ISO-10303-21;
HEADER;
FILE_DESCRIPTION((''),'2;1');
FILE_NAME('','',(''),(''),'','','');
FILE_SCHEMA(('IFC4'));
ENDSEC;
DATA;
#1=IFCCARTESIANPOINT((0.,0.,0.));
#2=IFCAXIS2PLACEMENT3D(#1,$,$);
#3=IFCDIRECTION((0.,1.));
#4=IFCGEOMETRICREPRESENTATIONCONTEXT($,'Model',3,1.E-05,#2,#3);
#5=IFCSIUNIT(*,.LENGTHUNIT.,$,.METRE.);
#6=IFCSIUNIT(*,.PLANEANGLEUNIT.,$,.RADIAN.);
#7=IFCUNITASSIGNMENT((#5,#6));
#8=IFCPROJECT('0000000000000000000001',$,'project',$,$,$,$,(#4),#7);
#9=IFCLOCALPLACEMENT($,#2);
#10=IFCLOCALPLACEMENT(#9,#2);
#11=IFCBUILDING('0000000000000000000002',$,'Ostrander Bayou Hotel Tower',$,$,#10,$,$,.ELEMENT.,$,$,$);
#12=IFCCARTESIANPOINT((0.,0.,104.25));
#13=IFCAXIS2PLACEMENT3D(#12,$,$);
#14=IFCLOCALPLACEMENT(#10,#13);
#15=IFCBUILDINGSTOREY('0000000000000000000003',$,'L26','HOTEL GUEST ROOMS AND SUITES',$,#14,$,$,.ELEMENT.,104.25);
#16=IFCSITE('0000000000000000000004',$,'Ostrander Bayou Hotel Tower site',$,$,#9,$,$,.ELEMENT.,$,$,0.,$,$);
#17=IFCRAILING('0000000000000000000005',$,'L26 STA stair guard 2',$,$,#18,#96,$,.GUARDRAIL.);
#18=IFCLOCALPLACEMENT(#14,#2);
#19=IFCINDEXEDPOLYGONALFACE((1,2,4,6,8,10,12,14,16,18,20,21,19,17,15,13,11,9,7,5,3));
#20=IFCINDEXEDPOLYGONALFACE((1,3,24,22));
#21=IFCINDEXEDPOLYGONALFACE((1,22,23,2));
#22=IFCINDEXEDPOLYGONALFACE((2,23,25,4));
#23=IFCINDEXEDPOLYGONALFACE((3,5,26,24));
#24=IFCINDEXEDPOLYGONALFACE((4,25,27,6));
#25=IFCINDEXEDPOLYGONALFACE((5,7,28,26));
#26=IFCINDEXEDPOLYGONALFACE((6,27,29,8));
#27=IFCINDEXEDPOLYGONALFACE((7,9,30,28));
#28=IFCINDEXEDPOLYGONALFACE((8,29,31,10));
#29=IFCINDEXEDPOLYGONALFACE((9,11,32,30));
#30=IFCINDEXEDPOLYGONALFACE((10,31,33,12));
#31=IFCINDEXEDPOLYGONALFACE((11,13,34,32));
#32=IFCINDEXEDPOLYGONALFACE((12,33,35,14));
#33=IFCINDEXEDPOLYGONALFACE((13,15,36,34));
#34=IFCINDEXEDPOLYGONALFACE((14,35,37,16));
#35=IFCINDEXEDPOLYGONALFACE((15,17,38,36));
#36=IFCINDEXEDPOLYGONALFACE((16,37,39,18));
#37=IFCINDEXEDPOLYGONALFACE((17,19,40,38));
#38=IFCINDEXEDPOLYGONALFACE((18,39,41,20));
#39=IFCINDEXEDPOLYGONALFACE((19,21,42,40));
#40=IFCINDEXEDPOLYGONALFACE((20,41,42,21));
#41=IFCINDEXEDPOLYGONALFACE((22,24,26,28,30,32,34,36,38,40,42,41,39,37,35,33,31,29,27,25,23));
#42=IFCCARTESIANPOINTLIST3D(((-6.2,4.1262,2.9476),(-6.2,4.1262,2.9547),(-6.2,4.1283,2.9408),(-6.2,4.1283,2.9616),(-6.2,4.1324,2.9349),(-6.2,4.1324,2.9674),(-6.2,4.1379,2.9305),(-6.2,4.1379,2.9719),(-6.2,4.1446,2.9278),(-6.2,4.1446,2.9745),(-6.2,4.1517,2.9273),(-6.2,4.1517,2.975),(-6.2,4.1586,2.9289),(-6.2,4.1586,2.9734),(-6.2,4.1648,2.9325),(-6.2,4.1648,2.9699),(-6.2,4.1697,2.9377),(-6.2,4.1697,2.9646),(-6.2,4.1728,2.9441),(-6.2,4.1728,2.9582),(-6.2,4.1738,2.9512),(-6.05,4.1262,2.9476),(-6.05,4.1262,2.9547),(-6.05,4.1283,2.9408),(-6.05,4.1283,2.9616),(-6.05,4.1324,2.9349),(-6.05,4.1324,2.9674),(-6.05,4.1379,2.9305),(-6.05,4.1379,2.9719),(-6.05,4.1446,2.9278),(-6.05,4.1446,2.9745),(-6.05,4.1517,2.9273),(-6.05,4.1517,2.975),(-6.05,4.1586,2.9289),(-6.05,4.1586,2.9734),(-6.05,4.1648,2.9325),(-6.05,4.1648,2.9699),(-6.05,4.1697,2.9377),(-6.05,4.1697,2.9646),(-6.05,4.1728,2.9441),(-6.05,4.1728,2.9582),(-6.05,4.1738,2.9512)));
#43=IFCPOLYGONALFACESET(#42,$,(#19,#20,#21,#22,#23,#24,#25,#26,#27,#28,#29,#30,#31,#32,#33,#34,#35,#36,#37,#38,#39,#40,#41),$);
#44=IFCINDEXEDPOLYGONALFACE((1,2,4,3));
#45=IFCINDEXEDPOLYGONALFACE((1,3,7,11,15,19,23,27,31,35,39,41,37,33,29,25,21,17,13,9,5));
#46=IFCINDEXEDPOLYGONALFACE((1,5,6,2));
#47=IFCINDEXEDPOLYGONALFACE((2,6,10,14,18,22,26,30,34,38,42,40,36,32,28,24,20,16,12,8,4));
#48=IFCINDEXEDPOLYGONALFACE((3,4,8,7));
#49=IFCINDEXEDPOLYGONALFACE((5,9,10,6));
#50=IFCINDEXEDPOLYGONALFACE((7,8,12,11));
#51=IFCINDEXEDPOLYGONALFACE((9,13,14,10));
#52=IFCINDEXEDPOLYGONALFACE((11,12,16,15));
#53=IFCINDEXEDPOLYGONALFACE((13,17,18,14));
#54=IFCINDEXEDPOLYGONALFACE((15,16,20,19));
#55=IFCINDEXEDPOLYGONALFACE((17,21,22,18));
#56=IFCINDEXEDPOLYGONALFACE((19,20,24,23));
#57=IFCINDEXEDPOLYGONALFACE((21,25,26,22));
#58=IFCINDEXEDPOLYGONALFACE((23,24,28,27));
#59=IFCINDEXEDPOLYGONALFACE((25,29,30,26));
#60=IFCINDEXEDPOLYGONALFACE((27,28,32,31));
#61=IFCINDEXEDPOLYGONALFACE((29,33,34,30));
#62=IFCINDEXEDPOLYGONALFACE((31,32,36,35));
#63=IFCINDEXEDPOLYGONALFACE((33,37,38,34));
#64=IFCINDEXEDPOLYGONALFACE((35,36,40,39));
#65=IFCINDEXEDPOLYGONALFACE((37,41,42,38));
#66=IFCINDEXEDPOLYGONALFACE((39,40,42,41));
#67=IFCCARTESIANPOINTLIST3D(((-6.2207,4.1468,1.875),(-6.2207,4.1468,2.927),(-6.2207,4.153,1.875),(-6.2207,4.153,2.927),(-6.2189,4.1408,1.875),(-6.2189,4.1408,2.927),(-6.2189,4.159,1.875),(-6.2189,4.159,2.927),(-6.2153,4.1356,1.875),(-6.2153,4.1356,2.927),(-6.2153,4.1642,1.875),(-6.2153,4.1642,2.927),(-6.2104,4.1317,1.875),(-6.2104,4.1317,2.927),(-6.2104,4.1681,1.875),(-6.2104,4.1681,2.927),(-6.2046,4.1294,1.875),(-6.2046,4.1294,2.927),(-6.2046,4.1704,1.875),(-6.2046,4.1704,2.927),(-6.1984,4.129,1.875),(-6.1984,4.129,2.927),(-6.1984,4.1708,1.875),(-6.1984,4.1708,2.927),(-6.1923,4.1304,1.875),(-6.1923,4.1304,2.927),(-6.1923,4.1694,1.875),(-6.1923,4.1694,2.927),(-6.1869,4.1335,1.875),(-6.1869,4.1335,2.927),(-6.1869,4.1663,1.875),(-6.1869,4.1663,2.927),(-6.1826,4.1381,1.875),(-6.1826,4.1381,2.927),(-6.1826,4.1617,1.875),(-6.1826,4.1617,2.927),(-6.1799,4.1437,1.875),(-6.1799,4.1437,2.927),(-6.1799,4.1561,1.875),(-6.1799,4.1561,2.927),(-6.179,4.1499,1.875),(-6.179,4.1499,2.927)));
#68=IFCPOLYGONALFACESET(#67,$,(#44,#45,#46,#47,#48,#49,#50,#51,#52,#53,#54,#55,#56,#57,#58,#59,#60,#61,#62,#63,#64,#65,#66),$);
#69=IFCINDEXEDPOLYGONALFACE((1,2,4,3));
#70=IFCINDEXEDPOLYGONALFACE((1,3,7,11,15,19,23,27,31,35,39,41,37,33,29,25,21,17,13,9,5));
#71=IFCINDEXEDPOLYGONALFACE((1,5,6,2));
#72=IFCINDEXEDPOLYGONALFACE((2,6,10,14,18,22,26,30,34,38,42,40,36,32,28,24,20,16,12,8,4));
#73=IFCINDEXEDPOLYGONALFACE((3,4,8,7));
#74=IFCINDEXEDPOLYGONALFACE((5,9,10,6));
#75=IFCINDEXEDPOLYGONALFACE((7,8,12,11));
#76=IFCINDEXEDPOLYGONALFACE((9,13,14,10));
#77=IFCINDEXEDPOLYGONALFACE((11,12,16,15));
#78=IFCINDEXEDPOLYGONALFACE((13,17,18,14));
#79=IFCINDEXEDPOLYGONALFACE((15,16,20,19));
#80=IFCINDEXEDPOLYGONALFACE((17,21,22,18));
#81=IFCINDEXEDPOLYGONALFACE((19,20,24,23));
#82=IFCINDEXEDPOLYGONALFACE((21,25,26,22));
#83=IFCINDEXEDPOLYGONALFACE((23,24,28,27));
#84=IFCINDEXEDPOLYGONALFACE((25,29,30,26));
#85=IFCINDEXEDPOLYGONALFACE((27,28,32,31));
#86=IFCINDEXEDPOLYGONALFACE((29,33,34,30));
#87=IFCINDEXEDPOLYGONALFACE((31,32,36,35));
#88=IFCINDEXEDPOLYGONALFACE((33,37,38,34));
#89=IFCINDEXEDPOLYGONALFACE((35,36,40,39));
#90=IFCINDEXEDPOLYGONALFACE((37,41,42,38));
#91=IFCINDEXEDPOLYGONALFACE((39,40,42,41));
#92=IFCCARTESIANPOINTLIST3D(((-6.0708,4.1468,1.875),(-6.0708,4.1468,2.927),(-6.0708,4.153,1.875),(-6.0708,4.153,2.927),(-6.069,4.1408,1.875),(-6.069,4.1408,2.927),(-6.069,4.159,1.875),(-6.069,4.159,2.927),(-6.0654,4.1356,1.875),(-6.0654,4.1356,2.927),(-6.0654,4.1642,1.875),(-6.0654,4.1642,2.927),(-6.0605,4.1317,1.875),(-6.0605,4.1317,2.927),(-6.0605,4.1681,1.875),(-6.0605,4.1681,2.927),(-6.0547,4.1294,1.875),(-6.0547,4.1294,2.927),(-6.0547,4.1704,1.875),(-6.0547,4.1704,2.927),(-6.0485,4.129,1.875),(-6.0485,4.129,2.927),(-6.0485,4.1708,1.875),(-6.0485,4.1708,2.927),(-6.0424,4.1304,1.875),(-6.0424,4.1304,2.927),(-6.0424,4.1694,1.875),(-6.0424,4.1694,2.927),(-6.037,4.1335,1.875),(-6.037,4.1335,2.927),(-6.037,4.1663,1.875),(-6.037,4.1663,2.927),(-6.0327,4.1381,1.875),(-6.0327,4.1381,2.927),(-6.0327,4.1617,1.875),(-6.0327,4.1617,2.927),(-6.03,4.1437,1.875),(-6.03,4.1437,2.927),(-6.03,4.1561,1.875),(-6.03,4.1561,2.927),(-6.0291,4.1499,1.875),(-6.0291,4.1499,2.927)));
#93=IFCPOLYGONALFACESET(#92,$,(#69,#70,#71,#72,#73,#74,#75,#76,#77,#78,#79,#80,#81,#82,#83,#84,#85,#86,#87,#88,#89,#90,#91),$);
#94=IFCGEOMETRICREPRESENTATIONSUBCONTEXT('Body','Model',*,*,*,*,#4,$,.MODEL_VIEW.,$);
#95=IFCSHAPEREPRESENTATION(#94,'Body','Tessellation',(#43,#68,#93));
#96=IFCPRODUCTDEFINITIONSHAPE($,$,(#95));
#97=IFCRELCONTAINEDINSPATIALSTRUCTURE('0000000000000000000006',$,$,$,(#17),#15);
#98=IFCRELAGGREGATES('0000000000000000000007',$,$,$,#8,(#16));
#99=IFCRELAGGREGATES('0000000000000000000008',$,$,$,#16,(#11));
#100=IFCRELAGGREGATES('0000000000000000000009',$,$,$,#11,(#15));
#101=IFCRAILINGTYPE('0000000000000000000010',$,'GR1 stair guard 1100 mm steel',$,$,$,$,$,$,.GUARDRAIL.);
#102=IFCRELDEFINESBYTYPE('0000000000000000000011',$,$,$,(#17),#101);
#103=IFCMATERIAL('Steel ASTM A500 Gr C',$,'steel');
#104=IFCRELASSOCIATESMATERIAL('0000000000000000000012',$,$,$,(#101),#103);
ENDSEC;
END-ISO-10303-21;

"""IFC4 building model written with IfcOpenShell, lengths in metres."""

from ifc_helpers import new_model, si_unit, direction, frame, origin, origin_2d, place, context, subcontext, project, spatial, circle, extrude, material, type_object, element, save


model = new_model("IFC4")

# Units and contexts
model_context = context("Model", 3, precision=1e-05, world=origin(), true_north=direction((0.0, 1.0)))
body_context = subcontext(model_context, "Body", "Model", "MODEL_VIEW")
ifc_project = project(units=[si_unit("LENGTHUNIT", "METRE"), si_unit("PLANEANGLEUNIT", "RADIAN")], contexts=[model_context])

# Site, building, storey
site_placement = place(None, origin())
site = spatial("IfcSite", under=ifc_project, at=site_placement, Name="Ostrander Bayou Hotel Tower site", CompositionType="ELEMENT", RefElevation=0.0)
building_placement = place(site_placement, origin())
building = spatial("IfcBuilding", under=site, at=building_placement, Name="Ostrander Bayou Hotel Tower", CompositionType="ELEMENT")
storey_placement = place(building_placement, frame((0.0, 0.0, 104.25)))
storey = spatial("IfcBuildingStorey", under=building, at=storey_placement, Name="L26", Description="HOTEL GUEST ROOMS AND SUITES", CompositionType="ELEMENT", Elevation=104.25)

# Railing
ifc_material_1 = material(Name="Steel ASTM A500 Gr C", Category="steel")
railing_type_1 = type_object("IfcRailingType", Name="GR1 stair guard 1100 mm steel", PredefinedType="GUARDRAIL", material=ifc_material_1)
railing_1_placement = place(storey_placement, frame((-6.2, 4.1499, 1.875)))
element("IfcRailing", 1, at=railing_1_placement, inside=storey, type_object=railing_type_1, Name="L26 STA stair guard 2", PredefinedType="GUARDRAIL", context=body_context, shape_type="SweptSolid", body=[
    extrude(circle(Radius=0.0239, at=origin_2d()), frame((0.0, 0.0, 1.0762), z_axis=(1.0, 0.0, 0.0), x_axis=(0.0, 1.0, 0.0)), (0.0, 0.0, 1.0), 0.1499),
    extrude(circle(Radius=0.021, at=origin_2d()), origin(), (0.0, 0.0, 1.0), 1.052),
    extrude(circle(Radius=0.021, at=origin_2d()), frame((0.1499, 0.0, 0.0)), (0.0, 0.0, 1.0), 1.052),
])

save(model, "model.ifc")
